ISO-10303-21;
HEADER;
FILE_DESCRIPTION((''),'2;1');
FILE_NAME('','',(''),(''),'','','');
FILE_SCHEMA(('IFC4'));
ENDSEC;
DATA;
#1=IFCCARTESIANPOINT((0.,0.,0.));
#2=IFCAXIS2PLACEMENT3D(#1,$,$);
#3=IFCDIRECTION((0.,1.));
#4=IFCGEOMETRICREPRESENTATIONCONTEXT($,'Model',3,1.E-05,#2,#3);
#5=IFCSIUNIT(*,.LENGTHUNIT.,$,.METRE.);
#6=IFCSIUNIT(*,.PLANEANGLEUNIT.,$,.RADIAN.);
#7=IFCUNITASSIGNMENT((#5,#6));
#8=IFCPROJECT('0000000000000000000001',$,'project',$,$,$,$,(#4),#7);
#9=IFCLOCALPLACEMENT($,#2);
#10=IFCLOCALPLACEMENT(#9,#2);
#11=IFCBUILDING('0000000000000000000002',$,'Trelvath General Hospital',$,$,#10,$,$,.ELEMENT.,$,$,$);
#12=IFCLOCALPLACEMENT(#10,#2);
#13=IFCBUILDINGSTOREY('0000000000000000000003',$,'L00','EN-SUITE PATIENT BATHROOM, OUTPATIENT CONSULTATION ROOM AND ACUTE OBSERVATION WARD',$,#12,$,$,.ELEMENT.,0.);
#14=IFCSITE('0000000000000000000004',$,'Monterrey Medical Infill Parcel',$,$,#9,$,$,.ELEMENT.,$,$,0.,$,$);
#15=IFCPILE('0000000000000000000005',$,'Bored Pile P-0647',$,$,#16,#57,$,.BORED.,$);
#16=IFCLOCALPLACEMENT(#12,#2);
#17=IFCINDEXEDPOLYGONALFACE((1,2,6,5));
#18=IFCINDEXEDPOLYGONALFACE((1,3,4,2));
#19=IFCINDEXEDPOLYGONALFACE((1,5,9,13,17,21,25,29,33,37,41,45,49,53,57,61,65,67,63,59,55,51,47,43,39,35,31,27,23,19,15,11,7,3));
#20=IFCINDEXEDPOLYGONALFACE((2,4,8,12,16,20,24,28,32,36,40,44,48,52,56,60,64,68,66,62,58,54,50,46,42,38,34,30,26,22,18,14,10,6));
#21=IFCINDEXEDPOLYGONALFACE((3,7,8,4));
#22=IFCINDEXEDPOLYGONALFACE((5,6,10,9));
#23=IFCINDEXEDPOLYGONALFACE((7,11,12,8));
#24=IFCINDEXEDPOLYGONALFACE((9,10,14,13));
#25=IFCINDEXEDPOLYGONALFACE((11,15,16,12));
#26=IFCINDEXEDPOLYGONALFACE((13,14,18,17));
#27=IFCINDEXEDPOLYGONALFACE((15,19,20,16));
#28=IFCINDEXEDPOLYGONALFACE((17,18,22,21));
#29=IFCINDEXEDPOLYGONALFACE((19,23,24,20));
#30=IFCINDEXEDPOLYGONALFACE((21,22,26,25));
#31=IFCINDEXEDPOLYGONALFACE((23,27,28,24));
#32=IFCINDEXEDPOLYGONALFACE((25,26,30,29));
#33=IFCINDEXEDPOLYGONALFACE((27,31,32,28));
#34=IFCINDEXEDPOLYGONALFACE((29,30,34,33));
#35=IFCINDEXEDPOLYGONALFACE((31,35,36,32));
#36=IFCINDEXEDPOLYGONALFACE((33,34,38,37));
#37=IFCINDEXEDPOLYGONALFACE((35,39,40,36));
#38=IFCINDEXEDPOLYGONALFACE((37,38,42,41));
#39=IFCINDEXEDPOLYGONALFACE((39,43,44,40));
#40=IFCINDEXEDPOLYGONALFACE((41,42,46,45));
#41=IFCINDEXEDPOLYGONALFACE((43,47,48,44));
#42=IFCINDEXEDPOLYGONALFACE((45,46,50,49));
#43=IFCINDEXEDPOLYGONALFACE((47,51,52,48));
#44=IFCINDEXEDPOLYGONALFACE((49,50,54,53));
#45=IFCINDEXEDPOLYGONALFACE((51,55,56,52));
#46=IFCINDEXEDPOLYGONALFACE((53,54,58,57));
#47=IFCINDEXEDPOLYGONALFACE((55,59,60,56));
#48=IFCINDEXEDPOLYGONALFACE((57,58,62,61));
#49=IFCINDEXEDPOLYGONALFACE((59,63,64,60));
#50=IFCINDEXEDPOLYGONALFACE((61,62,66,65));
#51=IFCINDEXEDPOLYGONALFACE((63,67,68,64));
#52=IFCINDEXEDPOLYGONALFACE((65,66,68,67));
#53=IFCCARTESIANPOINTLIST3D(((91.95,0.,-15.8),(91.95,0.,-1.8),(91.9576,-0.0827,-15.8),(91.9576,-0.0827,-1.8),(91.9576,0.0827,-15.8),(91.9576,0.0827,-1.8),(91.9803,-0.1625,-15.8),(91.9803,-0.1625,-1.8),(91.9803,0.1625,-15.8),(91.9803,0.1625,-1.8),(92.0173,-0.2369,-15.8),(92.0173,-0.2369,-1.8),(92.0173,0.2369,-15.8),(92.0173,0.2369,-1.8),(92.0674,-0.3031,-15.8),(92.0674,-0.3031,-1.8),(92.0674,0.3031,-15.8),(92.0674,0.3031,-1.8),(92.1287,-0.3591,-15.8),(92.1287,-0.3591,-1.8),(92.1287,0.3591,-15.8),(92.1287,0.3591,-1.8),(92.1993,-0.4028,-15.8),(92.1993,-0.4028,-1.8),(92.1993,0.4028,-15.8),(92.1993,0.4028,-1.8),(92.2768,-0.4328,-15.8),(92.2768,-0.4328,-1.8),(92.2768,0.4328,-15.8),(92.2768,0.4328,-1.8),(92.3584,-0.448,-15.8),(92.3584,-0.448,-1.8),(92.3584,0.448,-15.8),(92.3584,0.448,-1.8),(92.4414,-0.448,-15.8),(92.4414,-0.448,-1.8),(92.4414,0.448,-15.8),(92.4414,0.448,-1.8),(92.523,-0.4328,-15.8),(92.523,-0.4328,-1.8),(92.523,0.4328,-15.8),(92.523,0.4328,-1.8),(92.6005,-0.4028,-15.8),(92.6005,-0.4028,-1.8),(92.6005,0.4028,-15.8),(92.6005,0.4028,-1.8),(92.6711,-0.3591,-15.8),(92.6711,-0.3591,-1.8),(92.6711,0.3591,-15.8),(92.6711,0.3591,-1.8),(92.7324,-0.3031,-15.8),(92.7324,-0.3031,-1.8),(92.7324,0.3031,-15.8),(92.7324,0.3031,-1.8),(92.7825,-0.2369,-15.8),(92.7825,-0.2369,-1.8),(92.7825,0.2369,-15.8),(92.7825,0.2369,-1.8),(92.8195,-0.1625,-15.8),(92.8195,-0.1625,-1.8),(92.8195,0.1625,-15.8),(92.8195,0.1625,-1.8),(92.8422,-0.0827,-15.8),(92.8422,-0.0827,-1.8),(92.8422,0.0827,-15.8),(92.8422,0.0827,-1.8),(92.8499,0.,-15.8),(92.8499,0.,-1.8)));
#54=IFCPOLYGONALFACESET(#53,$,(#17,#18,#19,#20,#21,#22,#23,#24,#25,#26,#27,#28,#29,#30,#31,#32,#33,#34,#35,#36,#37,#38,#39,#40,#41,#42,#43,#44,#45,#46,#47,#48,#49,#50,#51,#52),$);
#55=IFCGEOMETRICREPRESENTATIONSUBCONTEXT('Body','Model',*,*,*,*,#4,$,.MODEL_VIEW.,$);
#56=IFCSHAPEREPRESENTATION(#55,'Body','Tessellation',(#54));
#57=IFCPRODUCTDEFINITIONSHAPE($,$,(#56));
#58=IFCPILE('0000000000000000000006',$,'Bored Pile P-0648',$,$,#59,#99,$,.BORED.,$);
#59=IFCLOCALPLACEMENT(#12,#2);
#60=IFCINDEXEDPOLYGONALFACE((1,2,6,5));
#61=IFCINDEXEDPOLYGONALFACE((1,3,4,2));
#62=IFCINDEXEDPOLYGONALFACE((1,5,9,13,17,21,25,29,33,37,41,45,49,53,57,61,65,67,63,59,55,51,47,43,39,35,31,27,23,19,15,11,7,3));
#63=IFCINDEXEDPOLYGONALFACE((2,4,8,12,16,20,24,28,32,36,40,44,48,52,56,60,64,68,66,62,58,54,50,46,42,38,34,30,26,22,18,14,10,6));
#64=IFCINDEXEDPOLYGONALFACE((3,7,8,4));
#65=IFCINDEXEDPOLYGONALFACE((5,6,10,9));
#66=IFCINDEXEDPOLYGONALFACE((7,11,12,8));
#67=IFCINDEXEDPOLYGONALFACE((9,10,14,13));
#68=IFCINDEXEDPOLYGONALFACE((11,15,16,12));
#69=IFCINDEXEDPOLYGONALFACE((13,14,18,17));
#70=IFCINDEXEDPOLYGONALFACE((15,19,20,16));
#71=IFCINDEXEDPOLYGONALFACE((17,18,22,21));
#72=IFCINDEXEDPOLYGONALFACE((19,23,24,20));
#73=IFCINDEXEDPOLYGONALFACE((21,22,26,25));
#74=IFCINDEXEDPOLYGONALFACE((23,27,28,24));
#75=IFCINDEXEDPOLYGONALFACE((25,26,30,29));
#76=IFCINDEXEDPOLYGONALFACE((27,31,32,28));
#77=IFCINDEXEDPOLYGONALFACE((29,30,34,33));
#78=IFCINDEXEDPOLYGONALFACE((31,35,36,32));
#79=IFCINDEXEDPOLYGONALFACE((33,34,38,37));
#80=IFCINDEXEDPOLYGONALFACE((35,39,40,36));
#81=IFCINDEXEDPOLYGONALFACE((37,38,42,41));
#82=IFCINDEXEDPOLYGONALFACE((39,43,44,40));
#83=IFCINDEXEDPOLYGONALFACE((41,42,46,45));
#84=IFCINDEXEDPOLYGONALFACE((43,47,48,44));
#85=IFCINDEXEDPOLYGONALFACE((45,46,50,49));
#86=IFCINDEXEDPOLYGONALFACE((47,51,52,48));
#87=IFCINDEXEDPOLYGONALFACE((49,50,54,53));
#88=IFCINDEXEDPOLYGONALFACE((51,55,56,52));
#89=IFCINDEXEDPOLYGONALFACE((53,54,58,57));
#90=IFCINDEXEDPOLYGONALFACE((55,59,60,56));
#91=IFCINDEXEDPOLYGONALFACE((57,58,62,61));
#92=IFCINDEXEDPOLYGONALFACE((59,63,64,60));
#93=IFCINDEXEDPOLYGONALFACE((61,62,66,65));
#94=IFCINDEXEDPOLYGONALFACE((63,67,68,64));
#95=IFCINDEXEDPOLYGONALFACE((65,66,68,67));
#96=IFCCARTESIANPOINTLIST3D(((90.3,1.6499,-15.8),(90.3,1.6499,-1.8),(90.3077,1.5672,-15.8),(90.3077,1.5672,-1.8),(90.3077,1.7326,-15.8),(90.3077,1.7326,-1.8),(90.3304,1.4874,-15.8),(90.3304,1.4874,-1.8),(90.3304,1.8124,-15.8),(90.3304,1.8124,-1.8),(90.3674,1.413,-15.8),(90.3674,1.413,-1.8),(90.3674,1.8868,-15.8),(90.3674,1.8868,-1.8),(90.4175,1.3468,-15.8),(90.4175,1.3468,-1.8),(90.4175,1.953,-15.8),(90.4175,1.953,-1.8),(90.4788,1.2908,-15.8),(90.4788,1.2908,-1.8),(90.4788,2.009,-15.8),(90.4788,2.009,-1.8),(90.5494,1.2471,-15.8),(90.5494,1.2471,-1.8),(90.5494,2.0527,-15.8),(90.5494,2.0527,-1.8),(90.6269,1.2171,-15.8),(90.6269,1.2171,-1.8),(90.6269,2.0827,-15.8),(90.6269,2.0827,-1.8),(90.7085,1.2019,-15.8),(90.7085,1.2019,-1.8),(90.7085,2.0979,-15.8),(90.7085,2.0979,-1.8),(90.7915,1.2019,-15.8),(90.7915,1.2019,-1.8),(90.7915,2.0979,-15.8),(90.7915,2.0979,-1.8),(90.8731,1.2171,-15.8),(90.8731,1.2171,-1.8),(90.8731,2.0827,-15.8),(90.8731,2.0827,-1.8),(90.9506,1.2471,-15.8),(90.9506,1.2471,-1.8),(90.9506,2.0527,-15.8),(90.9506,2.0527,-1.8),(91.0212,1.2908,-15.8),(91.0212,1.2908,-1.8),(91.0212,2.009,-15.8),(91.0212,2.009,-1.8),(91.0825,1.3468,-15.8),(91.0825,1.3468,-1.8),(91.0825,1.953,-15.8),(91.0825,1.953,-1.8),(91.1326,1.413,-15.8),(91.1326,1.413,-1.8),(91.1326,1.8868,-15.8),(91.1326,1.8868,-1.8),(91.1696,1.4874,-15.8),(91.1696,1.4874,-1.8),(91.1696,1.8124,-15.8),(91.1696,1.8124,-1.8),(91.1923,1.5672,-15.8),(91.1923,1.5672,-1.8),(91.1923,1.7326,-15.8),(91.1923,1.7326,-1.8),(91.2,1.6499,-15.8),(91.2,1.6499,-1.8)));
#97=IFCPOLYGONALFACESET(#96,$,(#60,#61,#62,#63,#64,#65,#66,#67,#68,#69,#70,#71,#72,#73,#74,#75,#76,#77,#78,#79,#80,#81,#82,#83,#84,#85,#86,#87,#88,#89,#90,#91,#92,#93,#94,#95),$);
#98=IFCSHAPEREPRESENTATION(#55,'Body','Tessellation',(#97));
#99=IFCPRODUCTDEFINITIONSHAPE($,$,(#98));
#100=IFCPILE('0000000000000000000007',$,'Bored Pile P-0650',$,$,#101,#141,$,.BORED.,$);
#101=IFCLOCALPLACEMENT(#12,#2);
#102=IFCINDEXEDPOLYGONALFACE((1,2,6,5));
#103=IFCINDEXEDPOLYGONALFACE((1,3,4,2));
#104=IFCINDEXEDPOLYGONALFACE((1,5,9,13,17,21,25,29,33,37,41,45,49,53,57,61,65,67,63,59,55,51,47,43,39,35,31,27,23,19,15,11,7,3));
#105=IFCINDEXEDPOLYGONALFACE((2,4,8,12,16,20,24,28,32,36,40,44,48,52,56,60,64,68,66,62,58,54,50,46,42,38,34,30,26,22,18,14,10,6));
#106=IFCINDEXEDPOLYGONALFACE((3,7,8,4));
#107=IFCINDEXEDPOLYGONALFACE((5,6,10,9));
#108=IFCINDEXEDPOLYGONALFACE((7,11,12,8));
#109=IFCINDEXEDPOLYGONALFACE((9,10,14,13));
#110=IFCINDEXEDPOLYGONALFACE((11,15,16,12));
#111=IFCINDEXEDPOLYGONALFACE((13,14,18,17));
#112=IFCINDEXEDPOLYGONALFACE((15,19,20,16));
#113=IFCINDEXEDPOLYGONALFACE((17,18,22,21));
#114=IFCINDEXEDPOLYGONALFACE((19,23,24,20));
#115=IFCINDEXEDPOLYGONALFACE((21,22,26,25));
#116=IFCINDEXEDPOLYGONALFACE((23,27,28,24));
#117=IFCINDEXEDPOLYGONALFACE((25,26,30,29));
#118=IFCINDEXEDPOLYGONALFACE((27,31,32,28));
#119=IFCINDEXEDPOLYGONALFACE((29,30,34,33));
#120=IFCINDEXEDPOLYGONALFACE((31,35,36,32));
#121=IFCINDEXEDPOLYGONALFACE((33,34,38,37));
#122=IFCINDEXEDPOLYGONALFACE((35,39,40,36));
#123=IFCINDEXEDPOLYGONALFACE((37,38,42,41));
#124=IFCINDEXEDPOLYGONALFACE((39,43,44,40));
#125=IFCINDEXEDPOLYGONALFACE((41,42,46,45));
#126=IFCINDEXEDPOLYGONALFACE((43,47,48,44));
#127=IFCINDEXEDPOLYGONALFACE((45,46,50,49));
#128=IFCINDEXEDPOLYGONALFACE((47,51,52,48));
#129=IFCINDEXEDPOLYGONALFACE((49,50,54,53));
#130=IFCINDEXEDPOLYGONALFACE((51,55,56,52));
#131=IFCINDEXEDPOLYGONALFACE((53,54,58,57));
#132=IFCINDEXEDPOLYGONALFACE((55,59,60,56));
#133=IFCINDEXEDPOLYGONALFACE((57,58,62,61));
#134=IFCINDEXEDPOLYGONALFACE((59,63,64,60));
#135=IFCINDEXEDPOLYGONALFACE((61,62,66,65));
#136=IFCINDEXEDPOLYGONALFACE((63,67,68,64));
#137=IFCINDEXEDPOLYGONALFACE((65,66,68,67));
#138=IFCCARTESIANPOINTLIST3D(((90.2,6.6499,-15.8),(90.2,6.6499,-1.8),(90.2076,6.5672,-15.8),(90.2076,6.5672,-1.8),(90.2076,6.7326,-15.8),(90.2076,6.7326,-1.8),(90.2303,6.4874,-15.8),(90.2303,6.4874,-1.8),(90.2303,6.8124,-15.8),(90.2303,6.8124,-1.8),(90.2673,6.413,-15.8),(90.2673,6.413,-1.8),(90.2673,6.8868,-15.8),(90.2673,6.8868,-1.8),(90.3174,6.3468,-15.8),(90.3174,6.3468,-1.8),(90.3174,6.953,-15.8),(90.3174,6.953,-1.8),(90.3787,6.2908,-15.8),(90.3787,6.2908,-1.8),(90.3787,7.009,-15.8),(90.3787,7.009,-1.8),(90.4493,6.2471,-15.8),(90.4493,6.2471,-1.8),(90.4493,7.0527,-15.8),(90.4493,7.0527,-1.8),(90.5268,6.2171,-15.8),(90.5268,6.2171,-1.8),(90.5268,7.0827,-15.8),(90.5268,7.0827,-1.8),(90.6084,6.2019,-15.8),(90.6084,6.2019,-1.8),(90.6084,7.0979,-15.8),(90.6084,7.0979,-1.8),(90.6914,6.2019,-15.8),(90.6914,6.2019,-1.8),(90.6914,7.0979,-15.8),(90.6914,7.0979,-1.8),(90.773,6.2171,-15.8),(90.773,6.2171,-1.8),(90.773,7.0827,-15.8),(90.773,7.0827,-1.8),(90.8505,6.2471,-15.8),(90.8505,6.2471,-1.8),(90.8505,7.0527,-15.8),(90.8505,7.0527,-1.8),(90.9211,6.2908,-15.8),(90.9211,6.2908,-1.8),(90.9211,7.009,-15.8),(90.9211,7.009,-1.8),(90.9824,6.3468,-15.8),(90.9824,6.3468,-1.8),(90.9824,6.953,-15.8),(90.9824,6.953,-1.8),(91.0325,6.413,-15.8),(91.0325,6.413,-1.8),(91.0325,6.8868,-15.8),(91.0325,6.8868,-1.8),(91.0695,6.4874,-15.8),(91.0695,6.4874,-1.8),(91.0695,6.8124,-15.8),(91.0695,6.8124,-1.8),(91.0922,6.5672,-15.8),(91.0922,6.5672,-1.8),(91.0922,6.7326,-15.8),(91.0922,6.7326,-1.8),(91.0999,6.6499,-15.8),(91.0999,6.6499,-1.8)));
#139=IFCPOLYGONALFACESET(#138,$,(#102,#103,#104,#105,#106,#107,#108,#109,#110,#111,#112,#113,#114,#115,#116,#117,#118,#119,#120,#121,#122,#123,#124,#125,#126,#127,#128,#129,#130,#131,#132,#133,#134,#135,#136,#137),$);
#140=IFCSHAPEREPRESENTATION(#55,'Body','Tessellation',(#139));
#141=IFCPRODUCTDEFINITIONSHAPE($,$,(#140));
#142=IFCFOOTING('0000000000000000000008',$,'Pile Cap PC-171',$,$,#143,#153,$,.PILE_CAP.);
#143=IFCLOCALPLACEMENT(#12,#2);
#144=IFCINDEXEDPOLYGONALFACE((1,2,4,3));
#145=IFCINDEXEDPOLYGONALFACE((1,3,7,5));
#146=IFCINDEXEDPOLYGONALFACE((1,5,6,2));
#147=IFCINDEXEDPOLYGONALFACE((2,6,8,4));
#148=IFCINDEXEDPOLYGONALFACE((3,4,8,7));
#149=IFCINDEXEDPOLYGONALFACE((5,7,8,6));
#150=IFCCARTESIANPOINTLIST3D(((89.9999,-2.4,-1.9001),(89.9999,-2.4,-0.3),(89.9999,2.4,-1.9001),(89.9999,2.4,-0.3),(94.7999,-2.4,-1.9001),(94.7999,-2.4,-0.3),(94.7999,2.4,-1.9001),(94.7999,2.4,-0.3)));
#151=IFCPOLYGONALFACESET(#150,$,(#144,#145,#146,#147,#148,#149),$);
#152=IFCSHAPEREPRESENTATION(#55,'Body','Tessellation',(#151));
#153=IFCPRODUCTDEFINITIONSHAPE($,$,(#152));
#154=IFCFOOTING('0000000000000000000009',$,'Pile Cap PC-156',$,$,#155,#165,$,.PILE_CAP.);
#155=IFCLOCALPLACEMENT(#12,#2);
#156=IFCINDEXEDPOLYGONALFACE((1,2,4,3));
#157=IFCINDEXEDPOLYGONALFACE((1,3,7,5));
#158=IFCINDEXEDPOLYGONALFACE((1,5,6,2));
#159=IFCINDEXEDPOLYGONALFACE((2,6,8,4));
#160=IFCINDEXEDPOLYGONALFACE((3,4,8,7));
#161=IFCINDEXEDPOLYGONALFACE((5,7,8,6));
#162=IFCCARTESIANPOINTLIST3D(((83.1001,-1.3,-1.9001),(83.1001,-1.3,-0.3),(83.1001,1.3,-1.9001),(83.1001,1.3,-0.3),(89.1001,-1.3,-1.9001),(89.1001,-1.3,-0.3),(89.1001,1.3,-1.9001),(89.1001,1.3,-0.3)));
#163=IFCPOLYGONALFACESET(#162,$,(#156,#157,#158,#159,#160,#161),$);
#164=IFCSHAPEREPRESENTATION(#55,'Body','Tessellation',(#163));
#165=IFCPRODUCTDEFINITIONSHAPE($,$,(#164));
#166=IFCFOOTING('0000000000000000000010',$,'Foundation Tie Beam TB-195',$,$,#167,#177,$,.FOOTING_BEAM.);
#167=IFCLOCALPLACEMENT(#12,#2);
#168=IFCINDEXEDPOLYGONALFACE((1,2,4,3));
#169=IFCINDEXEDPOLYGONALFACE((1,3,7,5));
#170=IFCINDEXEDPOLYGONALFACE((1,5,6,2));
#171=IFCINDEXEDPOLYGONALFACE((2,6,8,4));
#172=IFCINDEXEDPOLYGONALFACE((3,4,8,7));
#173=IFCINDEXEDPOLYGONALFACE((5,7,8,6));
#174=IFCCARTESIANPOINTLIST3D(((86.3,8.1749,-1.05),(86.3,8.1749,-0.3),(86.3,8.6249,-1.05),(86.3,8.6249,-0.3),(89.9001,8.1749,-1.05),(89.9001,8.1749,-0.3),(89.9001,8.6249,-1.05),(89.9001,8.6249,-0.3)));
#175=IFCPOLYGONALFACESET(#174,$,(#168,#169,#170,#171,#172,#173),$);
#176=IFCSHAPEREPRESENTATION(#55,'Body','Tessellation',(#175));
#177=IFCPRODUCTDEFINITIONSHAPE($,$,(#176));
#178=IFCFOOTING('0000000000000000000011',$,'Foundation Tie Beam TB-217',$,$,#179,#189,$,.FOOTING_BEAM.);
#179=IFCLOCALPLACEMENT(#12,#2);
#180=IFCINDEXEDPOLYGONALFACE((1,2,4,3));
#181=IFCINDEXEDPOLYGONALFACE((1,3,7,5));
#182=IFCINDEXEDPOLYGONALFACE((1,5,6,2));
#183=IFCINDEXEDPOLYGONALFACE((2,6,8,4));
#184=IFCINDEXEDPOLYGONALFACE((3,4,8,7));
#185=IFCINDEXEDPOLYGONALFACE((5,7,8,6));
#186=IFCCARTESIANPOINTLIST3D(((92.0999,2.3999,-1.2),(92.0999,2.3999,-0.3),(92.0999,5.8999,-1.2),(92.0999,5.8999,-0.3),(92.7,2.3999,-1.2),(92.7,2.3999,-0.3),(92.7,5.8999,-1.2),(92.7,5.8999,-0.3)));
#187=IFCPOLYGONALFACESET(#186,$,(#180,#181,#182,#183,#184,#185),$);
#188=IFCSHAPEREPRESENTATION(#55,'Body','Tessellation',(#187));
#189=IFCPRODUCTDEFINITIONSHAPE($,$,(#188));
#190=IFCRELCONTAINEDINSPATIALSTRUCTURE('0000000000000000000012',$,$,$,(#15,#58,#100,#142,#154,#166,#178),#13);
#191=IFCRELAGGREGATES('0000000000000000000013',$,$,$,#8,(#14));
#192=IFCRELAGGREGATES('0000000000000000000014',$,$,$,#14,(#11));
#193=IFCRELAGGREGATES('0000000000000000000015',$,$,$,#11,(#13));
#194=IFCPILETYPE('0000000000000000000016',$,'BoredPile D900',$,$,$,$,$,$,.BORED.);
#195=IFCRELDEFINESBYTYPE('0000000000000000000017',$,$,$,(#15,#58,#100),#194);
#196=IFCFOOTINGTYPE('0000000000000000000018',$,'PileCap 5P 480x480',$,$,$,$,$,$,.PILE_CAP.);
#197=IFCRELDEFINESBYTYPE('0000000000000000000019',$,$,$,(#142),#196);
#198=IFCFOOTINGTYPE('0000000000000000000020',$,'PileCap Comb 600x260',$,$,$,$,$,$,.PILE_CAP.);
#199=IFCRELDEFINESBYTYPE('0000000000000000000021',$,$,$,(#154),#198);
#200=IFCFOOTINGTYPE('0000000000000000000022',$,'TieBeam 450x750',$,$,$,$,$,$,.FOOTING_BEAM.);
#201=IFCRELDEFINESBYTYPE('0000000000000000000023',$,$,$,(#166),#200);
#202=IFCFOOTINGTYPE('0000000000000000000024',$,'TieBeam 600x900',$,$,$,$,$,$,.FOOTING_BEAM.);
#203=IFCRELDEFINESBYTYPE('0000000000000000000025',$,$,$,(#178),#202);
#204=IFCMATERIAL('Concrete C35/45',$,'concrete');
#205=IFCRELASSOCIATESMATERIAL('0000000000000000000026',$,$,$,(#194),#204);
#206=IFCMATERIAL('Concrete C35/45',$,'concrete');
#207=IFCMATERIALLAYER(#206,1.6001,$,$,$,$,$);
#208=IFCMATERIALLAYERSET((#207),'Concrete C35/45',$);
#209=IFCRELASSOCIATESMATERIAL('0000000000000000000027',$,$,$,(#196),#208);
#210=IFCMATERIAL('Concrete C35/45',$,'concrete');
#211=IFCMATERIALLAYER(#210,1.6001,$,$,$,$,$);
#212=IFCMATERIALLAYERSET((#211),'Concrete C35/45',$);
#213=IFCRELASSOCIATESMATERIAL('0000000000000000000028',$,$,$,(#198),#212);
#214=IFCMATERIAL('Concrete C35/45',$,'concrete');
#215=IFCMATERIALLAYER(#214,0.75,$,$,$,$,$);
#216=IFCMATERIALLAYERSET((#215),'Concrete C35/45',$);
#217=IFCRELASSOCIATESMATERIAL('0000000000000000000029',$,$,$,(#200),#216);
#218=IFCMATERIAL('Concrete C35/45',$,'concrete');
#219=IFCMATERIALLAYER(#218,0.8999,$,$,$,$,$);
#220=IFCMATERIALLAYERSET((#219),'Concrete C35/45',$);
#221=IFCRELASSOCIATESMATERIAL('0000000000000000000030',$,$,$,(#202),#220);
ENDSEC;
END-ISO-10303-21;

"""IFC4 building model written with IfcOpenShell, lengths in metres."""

from ifc_helpers import new_model, si_unit, direction, frame, origin, origin_2d, place, context, subcontext, project, spatial, rectangle, circle, extrude, material, layer, layer_set, material_profile, profile_set, type_object, element, save


model = new_model("IFC4")

# Units and contexts
model_context = context("Model", 3, precision=1e-05, world=origin(), true_north=direction((0.0, 1.0)))
body_context = subcontext(model_context, "Body", "Model", "MODEL_VIEW")
ifc_project = project(units=[si_unit("LENGTHUNIT", "METRE"), si_unit("PLANEANGLEUNIT", "RADIAN")], contexts=[model_context])

# Site, building, storey
site_placement = place(None, origin())
site = spatial("IfcSite", under=ifc_project, at=site_placement, Name="Monterrey Medical Infill Parcel", CompositionType="ELEMENT", RefElevation=0.0)
building_placement = place(site_placement, origin())
building = spatial("IfcBuilding", under=site, at=building_placement, Name="Trelvath General Hospital", CompositionType="ELEMENT")
storey_placement = place(building_placement, origin())
storey = spatial("IfcBuildingStorey", under=building, at=storey_placement, Name="L00", Description="EN-SUITE PATIENT BATHROOM, OUTPATIENT CONSULTATION ROOM AND ACUTE OBSERVATION WARD", CompositionType="ELEMENT", Elevation=0.0)

# Piles
ifc_material_1 = material(Name="Concrete C35/45", Category="concrete")
ifc_material_profile_1 = material_profile(ifc_material_1, circle(Radius=0.45, at=origin_2d()), Name="PILE900")
ifc_profile_set_1 = profile_set([ifc_material_profile_1], Name="Concrete C35/45")
pile_type_1 = type_object("IfcPileType", Name="BoredPile D900", PredefinedType="BORED", material=ifc_profile_set_1)
for number, where, z_axis, x_axis, name in (
    (1, (92.3999, 0.0, -1.8), (0.0, 0.0, -1.0), (1.0, 0.0, 0.0), "Bored Pile P-0647"),
    (2, (90.75, 1.6499, -1.8), (0.0, 0.0, -1.0), (1.0, 0.0, 0.0), "Bored Pile P-0648"),
    (3, (90.6499, 6.6499, -1.8), (0.0, 0.0, -1.0), (1.0, 0.0, 0.0), "Bored Pile P-0650"),
):
    element("IfcPile", number, at=place(storey_placement, frame(where, z_axis=z_axis, x_axis=x_axis)), inside=storey, type_object=pile_type_1, Name=name, PredefinedType="BORED", context=body_context, shape_type="SweptSolid", body=[
        extrude(circle(Radius=0.45, at=origin_2d()), origin(), (0.0, 0.0, 1.0), 14.0),
    ])

# Footings
ifc_material_2 = material(Name="Concrete C35/45", Category="concrete")
ifc_layer_1 = layer(ifc_material_2, 1.6001)
ifc_layer_set_1 = layer_set([ifc_layer_1], Name="Concrete C35/45")
footing_type_1 = type_object("IfcFootingType", Name="PileCap 5P 480x480", PredefinedType="PILE_CAP", material=ifc_layer_set_1)
footing_1_placement = place(storey_placement, frame((92.3999, 0.0, -1.9001), z_axis=(0.0, 0.0, 1.0), x_axis=(1.0, 0.0, 0.0)))
element("IfcFooting", 4, at=footing_1_placement, inside=storey, type_object=footing_type_1, Name="Pile Cap PC-171", PredefinedType="PILE_CAP", context=body_context, shape_type="SweptSolid", body=[
    extrude(rectangle(XDim=4.8, YDim=4.8, at=origin_2d()), origin(), (0.0, 0.0, 1.0), 1.6001),
])
ifc_material_3 = material(Name="Concrete C35/45", Category="concrete")
ifc_layer_2 = layer(ifc_material_3, 1.6001)
ifc_layer_set_2 = layer_set([ifc_layer_2], Name="Concrete C35/45")
footing_type_2 = type_object("IfcFootingType", Name="PileCap Comb 600x260", PredefinedType="PILE_CAP", material=ifc_layer_set_2)
footing_2_placement = place(storey_placement, frame((86.1001, 0.0, -1.9001), z_axis=(0.0, 0.0, 1.0), x_axis=(1.0, 0.0, 0.0)))
element("IfcFooting", 5, at=footing_2_placement, inside=storey, type_object=footing_type_2, Name="Pile Cap PC-156", PredefinedType="PILE_CAP", context=body_context, shape_type="SweptSolid", body=[
    extrude(rectangle(XDim=6.0, YDim=2.6001, at=origin_2d()), origin(), (0.0, 0.0, 1.0), 1.6001),
])
ifc_material_4 = material(Name="Concrete C35/45", Category="concrete")
ifc_layer_3 = layer(ifc_material_4, 0.75)
ifc_layer_set_3 = layer_set([ifc_layer_3], Name="Concrete C35/45")
footing_type_3 = type_object("IfcFootingType", Name="TieBeam 450x750", PredefinedType="FOOTING_BEAM", material=ifc_layer_set_3)
footing_3_placement = place(storey_placement, frame((88.1001, 8.3999, -1.05), z_axis=(0.0, 0.0, 1.0), x_axis=(1.0, 0.0, 0.0)))
element("IfcFooting", 6, at=footing_3_placement, inside=storey, type_object=footing_type_3, Name="Foundation Tie Beam TB-195", PredefinedType="FOOTING_BEAM", context=body_context, shape_type="SweptSolid", body=[
    extrude(rectangle(XDim=3.6001, YDim=0.45, at=origin_2d()), origin(), (0.0, 0.0, 1.0), 0.75),
])
ifc_material_5 = material(Name="Concrete C35/45", Category="concrete")
ifc_layer_4 = layer(ifc_material_5, 0.8999)
ifc_layer_set_4 = layer_set([ifc_layer_4], Name="Concrete C35/45")
footing_type_4 = type_object("IfcFootingType", Name="TieBeam 600x900", PredefinedType="FOOTING_BEAM", material=ifc_layer_set_4)
footing_4_placement = place(storey_placement, frame((92.3999, 4.1499, -1.2), z_axis=(0.0, 0.0, 1.0), x_axis=(1.0, 0.0, 0.0)))
element("IfcFooting", 7, at=footing_4_placement, inside=storey, type_object=footing_type_4, Name="Foundation Tie Beam TB-217", PredefinedType="FOOTING_BEAM", context=body_context, shape_type="SweptSolid", body=[
    extrude(rectangle(XDim=0.6001, YDim=3.5, at=origin_2d()), origin(), (0.0, 0.0, 1.0), 0.8999),
])

save(model, "model.ifc")
